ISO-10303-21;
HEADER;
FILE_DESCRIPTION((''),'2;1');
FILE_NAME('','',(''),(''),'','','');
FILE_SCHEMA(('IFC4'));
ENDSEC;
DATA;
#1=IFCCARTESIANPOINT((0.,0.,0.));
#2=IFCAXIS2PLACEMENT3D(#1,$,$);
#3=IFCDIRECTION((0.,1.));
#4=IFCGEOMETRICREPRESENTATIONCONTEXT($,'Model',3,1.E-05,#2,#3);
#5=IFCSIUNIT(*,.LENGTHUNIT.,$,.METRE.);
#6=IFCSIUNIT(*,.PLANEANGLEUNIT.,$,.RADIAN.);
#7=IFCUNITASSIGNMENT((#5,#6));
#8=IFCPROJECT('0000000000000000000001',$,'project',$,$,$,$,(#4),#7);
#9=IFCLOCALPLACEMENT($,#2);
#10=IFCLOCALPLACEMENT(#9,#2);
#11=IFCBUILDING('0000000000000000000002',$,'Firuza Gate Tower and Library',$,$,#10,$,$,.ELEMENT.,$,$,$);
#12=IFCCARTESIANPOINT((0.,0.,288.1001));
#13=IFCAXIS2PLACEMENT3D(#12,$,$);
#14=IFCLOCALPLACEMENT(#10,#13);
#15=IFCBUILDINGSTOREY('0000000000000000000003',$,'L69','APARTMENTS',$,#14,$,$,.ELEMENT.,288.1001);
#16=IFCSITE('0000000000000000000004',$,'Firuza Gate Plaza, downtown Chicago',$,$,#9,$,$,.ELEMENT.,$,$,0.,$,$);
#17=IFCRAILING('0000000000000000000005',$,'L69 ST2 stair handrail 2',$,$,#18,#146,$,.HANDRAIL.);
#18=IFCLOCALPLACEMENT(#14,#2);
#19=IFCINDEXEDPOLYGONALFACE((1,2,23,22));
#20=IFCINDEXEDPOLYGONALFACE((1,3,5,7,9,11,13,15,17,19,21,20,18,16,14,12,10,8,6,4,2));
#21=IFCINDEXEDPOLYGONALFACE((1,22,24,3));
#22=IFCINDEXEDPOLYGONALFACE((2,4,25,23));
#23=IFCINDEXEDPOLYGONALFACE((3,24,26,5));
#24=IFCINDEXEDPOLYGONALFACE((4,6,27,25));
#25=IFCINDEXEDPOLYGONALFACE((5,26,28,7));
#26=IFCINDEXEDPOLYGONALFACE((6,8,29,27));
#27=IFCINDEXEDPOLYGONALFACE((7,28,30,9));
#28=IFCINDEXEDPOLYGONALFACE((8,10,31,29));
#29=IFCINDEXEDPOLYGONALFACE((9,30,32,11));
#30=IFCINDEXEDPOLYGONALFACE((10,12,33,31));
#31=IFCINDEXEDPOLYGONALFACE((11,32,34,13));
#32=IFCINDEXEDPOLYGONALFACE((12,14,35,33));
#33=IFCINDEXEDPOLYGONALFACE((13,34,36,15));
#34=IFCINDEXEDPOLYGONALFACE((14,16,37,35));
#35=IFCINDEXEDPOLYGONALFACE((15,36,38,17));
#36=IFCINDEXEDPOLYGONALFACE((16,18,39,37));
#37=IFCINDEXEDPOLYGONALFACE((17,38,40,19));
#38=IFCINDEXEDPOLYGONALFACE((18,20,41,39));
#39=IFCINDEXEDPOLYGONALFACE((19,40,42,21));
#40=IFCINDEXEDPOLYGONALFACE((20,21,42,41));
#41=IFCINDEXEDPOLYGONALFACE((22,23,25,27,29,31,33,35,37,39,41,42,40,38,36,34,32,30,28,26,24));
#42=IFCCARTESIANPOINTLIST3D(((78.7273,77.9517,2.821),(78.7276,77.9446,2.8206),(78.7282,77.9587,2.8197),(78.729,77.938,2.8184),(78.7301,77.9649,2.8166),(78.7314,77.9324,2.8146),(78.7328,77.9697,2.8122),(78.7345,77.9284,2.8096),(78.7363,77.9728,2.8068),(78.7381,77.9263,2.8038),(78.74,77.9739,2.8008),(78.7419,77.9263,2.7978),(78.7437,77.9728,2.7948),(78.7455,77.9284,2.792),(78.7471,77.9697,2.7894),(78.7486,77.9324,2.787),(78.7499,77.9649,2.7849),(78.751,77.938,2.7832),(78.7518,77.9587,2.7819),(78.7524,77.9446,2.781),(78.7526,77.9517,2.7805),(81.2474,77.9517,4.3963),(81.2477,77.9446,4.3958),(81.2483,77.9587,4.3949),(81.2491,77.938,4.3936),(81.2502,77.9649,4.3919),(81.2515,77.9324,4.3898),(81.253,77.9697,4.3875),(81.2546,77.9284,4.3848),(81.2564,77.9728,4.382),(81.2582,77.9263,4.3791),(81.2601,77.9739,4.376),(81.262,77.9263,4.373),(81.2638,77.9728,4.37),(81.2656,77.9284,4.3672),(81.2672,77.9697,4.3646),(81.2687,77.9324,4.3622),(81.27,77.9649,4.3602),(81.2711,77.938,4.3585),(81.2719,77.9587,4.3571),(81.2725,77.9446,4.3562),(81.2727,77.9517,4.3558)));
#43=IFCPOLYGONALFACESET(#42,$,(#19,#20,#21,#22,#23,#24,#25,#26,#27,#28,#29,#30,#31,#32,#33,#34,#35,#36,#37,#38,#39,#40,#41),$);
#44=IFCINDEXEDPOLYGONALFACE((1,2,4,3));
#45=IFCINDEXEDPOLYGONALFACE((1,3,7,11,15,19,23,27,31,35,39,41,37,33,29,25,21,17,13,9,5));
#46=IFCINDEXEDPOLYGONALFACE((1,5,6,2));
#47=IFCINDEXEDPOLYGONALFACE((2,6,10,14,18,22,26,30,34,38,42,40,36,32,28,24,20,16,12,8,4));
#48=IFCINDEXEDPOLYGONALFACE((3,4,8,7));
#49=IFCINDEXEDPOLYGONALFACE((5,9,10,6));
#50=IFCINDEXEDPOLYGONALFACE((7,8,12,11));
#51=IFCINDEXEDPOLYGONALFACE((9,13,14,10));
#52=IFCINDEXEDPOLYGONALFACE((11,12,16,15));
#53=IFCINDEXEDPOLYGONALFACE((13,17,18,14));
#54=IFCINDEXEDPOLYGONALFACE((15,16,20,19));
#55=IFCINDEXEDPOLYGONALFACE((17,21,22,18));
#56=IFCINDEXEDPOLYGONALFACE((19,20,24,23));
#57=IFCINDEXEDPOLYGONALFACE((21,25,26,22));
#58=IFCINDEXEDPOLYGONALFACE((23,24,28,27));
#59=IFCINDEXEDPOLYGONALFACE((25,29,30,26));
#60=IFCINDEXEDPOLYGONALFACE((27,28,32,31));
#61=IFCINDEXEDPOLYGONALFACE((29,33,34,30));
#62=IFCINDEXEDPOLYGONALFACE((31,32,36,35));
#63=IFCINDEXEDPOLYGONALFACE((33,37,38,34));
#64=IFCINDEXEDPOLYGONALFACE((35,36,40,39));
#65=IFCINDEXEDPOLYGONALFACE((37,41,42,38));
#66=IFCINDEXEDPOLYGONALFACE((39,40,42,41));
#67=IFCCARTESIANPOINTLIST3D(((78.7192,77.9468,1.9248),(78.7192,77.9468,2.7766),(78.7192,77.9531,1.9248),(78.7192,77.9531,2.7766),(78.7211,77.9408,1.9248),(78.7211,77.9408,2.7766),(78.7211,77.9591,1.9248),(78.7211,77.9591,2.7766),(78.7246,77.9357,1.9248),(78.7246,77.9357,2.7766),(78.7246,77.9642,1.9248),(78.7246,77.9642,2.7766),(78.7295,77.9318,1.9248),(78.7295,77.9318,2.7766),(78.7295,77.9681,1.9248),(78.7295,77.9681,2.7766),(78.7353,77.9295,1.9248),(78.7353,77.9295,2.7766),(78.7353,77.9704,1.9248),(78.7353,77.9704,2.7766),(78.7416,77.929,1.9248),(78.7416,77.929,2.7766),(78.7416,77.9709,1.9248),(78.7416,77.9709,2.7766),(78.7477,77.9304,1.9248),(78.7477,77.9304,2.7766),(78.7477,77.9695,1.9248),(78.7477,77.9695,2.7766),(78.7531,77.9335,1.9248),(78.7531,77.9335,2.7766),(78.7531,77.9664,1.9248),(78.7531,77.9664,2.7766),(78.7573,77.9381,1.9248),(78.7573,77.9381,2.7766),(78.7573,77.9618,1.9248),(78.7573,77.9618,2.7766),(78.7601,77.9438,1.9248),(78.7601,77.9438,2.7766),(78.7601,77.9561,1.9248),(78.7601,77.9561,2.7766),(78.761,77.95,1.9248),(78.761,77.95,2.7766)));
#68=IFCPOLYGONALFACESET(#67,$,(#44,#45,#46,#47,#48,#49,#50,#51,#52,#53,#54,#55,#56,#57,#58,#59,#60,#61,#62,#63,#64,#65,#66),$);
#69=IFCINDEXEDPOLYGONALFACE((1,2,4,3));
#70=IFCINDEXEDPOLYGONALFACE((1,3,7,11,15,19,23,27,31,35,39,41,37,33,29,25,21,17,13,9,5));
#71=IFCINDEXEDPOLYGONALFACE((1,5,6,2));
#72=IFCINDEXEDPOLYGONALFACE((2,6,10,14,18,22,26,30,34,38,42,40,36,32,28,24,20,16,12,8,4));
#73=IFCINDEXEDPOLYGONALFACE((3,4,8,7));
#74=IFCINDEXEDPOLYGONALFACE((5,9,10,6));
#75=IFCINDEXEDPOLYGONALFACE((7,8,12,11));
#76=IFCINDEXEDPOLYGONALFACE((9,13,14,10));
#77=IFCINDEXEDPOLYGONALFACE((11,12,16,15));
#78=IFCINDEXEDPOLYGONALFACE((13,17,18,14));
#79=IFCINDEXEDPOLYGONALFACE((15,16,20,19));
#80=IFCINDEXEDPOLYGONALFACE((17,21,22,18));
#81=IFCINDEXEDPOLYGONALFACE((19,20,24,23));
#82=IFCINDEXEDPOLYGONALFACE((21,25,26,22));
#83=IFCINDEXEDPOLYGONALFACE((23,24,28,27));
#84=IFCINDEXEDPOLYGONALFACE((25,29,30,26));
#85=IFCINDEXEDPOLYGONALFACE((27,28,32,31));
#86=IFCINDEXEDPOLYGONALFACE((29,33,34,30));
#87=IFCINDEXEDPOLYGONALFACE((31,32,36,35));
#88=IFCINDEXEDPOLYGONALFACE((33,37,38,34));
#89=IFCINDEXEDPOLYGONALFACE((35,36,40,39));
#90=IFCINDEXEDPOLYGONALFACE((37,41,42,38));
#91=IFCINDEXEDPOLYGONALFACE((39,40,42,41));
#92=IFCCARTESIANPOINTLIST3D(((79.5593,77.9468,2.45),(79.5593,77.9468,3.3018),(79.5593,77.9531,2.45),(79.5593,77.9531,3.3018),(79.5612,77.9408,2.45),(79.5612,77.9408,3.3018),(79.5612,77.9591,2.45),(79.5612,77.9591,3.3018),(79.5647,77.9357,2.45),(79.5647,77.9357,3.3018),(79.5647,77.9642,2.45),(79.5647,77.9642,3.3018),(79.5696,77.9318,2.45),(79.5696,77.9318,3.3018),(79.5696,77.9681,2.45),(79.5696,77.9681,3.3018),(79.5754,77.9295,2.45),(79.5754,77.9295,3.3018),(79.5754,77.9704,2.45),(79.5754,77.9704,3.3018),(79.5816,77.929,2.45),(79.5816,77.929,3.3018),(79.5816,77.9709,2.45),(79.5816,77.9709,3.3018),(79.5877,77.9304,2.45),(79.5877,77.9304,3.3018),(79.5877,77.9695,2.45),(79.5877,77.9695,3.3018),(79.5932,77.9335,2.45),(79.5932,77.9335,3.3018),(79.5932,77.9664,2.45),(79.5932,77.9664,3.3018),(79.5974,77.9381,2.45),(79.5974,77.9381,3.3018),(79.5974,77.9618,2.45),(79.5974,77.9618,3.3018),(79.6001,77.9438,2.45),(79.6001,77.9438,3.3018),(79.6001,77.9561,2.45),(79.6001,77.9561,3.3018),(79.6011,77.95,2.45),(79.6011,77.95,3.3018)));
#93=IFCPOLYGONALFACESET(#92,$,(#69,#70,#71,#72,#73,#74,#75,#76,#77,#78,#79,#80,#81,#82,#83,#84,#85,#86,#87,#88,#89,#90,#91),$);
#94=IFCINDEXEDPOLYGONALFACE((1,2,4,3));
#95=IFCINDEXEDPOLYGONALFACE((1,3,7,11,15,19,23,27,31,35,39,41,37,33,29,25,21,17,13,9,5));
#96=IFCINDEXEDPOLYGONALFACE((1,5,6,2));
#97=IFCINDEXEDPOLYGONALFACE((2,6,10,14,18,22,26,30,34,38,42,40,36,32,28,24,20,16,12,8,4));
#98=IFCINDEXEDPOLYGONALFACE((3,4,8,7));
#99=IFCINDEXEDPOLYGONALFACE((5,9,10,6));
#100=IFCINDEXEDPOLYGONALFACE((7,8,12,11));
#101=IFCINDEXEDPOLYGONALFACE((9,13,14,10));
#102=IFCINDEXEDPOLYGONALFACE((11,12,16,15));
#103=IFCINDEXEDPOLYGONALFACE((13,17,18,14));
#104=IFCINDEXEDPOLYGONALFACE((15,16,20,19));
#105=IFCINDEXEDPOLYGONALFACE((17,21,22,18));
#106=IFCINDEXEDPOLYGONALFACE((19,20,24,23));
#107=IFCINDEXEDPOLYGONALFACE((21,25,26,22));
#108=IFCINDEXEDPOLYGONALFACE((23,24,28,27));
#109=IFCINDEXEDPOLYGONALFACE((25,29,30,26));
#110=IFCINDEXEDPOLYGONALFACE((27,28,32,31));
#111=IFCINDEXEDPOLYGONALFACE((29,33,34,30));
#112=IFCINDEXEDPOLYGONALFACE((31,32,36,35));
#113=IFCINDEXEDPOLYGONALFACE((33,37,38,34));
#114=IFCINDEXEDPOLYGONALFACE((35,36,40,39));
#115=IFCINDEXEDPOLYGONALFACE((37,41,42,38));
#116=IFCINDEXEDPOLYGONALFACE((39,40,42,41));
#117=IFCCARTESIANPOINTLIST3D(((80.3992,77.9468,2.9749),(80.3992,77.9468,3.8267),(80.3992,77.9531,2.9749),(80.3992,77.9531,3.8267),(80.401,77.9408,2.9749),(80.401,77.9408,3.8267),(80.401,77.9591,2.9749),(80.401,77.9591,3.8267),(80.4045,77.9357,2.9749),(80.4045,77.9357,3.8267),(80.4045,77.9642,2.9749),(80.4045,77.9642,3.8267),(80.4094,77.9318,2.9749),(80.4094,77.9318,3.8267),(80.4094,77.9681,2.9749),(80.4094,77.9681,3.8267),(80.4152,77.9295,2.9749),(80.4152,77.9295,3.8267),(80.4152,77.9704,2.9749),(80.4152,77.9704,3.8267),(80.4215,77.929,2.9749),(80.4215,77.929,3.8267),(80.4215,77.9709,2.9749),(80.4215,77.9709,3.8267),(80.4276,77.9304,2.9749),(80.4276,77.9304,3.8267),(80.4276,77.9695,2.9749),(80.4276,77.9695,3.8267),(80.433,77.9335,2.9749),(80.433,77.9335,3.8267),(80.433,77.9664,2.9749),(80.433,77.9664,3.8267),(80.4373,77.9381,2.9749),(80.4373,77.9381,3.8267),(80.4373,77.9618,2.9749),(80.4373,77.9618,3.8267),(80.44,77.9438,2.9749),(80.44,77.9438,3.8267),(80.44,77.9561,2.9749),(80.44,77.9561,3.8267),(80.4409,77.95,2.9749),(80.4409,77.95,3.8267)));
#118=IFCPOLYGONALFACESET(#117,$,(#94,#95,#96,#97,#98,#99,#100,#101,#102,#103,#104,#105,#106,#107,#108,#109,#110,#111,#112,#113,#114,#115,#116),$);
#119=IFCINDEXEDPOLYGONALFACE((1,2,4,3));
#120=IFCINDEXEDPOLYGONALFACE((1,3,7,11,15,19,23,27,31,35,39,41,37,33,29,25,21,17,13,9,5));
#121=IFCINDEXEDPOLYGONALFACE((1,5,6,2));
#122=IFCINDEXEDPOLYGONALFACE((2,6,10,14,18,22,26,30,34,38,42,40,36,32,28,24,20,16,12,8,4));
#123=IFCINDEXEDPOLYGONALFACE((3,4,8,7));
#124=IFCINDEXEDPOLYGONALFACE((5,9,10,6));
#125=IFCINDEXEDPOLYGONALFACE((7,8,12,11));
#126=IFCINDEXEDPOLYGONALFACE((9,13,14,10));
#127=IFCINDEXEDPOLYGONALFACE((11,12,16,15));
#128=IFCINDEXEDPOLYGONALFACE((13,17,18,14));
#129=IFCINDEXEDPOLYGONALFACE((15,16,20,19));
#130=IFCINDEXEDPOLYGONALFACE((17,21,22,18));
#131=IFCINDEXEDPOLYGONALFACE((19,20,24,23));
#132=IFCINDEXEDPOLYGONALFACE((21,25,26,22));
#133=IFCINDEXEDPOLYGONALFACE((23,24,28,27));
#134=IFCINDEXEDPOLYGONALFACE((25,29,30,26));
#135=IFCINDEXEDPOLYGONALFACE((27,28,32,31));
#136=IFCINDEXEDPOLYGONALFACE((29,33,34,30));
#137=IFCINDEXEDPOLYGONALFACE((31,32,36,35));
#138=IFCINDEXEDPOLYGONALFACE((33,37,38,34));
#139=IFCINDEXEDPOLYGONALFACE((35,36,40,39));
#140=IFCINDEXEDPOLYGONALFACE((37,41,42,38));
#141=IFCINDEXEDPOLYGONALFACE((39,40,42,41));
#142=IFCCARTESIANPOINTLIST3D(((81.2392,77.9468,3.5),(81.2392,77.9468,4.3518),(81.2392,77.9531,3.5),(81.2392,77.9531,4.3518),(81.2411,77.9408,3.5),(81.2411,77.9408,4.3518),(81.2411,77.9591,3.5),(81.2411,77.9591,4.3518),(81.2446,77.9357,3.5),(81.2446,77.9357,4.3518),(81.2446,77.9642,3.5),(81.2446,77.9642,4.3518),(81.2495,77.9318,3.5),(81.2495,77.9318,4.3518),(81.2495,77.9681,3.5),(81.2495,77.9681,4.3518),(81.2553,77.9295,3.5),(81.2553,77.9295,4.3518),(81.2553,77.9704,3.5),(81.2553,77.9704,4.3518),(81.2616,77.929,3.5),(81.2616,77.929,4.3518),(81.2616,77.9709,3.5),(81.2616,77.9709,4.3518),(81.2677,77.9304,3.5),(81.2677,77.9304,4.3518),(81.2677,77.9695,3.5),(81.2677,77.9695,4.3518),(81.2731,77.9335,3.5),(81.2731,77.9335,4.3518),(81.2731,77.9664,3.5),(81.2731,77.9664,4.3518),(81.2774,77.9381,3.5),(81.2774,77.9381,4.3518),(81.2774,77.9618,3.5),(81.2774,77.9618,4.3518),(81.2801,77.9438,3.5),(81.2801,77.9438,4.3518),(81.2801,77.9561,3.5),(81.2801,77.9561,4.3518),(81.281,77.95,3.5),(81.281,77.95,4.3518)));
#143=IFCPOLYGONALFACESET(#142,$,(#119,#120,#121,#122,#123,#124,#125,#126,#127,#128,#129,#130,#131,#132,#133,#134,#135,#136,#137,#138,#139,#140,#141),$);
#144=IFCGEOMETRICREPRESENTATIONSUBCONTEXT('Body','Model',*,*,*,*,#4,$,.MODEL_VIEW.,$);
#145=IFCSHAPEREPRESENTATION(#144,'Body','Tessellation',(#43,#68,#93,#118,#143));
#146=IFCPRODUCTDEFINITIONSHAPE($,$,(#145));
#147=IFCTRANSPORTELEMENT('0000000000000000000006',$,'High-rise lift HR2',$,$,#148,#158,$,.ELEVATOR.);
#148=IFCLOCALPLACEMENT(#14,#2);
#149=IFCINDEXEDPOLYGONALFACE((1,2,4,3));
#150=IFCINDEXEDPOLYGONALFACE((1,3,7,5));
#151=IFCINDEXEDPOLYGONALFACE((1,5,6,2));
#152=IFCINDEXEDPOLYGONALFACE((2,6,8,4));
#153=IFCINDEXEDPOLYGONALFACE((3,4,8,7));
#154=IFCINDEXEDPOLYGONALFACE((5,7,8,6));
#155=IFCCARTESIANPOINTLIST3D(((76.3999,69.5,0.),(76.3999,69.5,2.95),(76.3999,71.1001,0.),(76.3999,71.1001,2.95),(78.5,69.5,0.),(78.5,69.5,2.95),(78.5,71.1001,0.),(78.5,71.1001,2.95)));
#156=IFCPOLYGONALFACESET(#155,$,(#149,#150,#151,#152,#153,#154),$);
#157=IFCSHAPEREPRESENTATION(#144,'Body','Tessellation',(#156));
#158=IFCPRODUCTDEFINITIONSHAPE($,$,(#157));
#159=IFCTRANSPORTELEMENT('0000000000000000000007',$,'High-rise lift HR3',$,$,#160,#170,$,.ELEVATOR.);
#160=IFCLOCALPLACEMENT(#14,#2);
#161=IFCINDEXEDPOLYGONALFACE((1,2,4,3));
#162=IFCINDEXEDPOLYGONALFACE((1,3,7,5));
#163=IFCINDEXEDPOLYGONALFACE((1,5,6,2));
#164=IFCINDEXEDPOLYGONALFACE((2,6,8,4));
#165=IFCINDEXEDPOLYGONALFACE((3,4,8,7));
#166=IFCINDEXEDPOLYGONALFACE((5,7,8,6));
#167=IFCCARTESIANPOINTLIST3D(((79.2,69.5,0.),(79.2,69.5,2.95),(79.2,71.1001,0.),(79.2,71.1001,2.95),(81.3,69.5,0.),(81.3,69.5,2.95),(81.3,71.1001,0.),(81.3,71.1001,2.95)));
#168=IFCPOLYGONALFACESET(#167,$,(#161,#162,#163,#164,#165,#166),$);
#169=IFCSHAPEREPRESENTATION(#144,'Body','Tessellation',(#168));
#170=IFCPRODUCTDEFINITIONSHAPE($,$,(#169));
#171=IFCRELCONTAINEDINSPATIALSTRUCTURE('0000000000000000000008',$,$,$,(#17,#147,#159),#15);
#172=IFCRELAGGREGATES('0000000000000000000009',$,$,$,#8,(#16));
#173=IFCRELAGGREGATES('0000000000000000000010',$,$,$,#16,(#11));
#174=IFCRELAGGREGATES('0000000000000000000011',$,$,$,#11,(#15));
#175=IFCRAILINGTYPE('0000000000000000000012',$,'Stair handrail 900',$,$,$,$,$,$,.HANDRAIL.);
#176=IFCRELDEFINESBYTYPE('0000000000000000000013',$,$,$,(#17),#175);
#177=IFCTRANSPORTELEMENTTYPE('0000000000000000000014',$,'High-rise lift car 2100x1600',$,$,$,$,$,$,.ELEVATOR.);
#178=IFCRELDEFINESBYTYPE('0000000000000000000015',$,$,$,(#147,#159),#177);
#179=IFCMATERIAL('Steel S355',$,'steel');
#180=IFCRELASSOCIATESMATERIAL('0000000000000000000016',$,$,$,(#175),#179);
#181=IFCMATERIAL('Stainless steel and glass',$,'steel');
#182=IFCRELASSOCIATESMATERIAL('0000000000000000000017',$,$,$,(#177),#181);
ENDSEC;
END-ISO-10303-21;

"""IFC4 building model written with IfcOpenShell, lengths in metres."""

from ifc_helpers import new_model, si_unit, direction, frame, origin, origin_2d, place, context, subcontext, project, spatial, rectangle, circle, extrude, material, type_object, element, save


model = new_model("IFC4")

# Units and contexts
model_context = context("Model", 3, precision=1e-05, world=origin(), true_north=direction((0.0, 1.0)))
body_context = subcontext(model_context, "Body", "Model", "MODEL_VIEW")
ifc_project = project(units=[si_unit("LENGTHUNIT", "METRE"), si_unit("PLANEANGLEUNIT", "RADIAN")], contexts=[model_context])

# Site, building, storey
site_placement = place(None, origin())
site = spatial("IfcSite", under=ifc_project, at=site_placement, Name="Firuza Gate Plaza, downtown Chicago", CompositionType="ELEMENT", RefElevation=0.0)
building_placement = place(site_placement, origin())
building = spatial("IfcBuilding", under=site, at=building_placement, Name="Firuza Gate Tower and Library", CompositionType="ELEMENT")
storey_placement = place(building_placement, frame((0.0, 0.0, 288.1001)))
storey = spatial("IfcBuildingStorey", under=building, at=storey_placement, Name="L69", Description="APARTMENTS", CompositionType="ELEMENT", Elevation=288.1001)

# Railing
ifc_material_1 = material(Name="Steel S355", Category="steel")
railing_type = type_object("IfcRailingType", Name="Stair handrail 900", PredefinedType="HANDRAIL", material=ifc_material_1)
railing_placement = place(storey_placement, frame((78.74, 77.95, 1.9248)))
element("IfcRailing", 1, at=railing_placement, inside=storey, type_object=railing_type, Name="L69 ST2 stair handrail 2", PredefinedType="HANDRAIL", context=body_context, shape_type="SweptSolid", body=[
    extrude(circle(Radius=0.0239, at=origin_2d()), frame((0.0, 0.0, 0.876), z_axis=(0.847971, 0.0, 0.530043), x_axis=(0.0, 1.0, 0.0)), (0.0, 0.0, 1.0), 2.9719),
    extrude(circle(Radius=0.021, at=origin_2d()), origin(), (0.0, 0.0, 1.0), 0.8518),
    extrude(circle(Radius=0.021, at=origin_2d()), frame((0.8401, 0.0, 0.5251)), (0.0, 0.0, 1.0), 0.8518),
    extrude(circle(Radius=0.021, at=origin_2d()), frame((1.6799, 0.0, 1.05)), (0.0, 0.0, 1.0), 0.8518),
    extrude(circle(Radius=0.021, at=origin_2d()), frame((2.52, 0.0, 1.5752)), (0.0, 0.0, 1.0), 0.8518),
])

# Transport elements
ifc_material_2 = material(Name="Stainless steel and glass", Category="steel")
transport_element_type = type_object("IfcTransportElementType", Name="High-rise lift car 2100x1600", PredefinedType="ELEVATOR", material=ifc_material_2)
for number, where, z_axis, x_axis, name in (
    (2, (77.45, 70.3, 0.0), (0.0, 0.0, 1.0), (1.0, 0.0, 0.0), "High-rise lift HR2"),
    (3, (80.25, 70.3, 0.0), (0.0, 0.0, 1.0), (1.0, 0.0, 0.0), "High-rise lift HR3"),
):
    element("IfcTransportElement", number, at=place(storey_placement, frame(where, z_axis=z_axis, x_axis=x_axis)), inside=storey, type_object=transport_element_type, Name=name, PredefinedType="ELEVATOR", context=body_context, shape_type="SweptSolid", body=[
        extrude(rectangle(XDim=2.1001, YDim=1.6001, at=origin_2d()), origin(), (0.0, 0.0, 1.0), 2.95),
    ])

save(model, "model.ifc")
